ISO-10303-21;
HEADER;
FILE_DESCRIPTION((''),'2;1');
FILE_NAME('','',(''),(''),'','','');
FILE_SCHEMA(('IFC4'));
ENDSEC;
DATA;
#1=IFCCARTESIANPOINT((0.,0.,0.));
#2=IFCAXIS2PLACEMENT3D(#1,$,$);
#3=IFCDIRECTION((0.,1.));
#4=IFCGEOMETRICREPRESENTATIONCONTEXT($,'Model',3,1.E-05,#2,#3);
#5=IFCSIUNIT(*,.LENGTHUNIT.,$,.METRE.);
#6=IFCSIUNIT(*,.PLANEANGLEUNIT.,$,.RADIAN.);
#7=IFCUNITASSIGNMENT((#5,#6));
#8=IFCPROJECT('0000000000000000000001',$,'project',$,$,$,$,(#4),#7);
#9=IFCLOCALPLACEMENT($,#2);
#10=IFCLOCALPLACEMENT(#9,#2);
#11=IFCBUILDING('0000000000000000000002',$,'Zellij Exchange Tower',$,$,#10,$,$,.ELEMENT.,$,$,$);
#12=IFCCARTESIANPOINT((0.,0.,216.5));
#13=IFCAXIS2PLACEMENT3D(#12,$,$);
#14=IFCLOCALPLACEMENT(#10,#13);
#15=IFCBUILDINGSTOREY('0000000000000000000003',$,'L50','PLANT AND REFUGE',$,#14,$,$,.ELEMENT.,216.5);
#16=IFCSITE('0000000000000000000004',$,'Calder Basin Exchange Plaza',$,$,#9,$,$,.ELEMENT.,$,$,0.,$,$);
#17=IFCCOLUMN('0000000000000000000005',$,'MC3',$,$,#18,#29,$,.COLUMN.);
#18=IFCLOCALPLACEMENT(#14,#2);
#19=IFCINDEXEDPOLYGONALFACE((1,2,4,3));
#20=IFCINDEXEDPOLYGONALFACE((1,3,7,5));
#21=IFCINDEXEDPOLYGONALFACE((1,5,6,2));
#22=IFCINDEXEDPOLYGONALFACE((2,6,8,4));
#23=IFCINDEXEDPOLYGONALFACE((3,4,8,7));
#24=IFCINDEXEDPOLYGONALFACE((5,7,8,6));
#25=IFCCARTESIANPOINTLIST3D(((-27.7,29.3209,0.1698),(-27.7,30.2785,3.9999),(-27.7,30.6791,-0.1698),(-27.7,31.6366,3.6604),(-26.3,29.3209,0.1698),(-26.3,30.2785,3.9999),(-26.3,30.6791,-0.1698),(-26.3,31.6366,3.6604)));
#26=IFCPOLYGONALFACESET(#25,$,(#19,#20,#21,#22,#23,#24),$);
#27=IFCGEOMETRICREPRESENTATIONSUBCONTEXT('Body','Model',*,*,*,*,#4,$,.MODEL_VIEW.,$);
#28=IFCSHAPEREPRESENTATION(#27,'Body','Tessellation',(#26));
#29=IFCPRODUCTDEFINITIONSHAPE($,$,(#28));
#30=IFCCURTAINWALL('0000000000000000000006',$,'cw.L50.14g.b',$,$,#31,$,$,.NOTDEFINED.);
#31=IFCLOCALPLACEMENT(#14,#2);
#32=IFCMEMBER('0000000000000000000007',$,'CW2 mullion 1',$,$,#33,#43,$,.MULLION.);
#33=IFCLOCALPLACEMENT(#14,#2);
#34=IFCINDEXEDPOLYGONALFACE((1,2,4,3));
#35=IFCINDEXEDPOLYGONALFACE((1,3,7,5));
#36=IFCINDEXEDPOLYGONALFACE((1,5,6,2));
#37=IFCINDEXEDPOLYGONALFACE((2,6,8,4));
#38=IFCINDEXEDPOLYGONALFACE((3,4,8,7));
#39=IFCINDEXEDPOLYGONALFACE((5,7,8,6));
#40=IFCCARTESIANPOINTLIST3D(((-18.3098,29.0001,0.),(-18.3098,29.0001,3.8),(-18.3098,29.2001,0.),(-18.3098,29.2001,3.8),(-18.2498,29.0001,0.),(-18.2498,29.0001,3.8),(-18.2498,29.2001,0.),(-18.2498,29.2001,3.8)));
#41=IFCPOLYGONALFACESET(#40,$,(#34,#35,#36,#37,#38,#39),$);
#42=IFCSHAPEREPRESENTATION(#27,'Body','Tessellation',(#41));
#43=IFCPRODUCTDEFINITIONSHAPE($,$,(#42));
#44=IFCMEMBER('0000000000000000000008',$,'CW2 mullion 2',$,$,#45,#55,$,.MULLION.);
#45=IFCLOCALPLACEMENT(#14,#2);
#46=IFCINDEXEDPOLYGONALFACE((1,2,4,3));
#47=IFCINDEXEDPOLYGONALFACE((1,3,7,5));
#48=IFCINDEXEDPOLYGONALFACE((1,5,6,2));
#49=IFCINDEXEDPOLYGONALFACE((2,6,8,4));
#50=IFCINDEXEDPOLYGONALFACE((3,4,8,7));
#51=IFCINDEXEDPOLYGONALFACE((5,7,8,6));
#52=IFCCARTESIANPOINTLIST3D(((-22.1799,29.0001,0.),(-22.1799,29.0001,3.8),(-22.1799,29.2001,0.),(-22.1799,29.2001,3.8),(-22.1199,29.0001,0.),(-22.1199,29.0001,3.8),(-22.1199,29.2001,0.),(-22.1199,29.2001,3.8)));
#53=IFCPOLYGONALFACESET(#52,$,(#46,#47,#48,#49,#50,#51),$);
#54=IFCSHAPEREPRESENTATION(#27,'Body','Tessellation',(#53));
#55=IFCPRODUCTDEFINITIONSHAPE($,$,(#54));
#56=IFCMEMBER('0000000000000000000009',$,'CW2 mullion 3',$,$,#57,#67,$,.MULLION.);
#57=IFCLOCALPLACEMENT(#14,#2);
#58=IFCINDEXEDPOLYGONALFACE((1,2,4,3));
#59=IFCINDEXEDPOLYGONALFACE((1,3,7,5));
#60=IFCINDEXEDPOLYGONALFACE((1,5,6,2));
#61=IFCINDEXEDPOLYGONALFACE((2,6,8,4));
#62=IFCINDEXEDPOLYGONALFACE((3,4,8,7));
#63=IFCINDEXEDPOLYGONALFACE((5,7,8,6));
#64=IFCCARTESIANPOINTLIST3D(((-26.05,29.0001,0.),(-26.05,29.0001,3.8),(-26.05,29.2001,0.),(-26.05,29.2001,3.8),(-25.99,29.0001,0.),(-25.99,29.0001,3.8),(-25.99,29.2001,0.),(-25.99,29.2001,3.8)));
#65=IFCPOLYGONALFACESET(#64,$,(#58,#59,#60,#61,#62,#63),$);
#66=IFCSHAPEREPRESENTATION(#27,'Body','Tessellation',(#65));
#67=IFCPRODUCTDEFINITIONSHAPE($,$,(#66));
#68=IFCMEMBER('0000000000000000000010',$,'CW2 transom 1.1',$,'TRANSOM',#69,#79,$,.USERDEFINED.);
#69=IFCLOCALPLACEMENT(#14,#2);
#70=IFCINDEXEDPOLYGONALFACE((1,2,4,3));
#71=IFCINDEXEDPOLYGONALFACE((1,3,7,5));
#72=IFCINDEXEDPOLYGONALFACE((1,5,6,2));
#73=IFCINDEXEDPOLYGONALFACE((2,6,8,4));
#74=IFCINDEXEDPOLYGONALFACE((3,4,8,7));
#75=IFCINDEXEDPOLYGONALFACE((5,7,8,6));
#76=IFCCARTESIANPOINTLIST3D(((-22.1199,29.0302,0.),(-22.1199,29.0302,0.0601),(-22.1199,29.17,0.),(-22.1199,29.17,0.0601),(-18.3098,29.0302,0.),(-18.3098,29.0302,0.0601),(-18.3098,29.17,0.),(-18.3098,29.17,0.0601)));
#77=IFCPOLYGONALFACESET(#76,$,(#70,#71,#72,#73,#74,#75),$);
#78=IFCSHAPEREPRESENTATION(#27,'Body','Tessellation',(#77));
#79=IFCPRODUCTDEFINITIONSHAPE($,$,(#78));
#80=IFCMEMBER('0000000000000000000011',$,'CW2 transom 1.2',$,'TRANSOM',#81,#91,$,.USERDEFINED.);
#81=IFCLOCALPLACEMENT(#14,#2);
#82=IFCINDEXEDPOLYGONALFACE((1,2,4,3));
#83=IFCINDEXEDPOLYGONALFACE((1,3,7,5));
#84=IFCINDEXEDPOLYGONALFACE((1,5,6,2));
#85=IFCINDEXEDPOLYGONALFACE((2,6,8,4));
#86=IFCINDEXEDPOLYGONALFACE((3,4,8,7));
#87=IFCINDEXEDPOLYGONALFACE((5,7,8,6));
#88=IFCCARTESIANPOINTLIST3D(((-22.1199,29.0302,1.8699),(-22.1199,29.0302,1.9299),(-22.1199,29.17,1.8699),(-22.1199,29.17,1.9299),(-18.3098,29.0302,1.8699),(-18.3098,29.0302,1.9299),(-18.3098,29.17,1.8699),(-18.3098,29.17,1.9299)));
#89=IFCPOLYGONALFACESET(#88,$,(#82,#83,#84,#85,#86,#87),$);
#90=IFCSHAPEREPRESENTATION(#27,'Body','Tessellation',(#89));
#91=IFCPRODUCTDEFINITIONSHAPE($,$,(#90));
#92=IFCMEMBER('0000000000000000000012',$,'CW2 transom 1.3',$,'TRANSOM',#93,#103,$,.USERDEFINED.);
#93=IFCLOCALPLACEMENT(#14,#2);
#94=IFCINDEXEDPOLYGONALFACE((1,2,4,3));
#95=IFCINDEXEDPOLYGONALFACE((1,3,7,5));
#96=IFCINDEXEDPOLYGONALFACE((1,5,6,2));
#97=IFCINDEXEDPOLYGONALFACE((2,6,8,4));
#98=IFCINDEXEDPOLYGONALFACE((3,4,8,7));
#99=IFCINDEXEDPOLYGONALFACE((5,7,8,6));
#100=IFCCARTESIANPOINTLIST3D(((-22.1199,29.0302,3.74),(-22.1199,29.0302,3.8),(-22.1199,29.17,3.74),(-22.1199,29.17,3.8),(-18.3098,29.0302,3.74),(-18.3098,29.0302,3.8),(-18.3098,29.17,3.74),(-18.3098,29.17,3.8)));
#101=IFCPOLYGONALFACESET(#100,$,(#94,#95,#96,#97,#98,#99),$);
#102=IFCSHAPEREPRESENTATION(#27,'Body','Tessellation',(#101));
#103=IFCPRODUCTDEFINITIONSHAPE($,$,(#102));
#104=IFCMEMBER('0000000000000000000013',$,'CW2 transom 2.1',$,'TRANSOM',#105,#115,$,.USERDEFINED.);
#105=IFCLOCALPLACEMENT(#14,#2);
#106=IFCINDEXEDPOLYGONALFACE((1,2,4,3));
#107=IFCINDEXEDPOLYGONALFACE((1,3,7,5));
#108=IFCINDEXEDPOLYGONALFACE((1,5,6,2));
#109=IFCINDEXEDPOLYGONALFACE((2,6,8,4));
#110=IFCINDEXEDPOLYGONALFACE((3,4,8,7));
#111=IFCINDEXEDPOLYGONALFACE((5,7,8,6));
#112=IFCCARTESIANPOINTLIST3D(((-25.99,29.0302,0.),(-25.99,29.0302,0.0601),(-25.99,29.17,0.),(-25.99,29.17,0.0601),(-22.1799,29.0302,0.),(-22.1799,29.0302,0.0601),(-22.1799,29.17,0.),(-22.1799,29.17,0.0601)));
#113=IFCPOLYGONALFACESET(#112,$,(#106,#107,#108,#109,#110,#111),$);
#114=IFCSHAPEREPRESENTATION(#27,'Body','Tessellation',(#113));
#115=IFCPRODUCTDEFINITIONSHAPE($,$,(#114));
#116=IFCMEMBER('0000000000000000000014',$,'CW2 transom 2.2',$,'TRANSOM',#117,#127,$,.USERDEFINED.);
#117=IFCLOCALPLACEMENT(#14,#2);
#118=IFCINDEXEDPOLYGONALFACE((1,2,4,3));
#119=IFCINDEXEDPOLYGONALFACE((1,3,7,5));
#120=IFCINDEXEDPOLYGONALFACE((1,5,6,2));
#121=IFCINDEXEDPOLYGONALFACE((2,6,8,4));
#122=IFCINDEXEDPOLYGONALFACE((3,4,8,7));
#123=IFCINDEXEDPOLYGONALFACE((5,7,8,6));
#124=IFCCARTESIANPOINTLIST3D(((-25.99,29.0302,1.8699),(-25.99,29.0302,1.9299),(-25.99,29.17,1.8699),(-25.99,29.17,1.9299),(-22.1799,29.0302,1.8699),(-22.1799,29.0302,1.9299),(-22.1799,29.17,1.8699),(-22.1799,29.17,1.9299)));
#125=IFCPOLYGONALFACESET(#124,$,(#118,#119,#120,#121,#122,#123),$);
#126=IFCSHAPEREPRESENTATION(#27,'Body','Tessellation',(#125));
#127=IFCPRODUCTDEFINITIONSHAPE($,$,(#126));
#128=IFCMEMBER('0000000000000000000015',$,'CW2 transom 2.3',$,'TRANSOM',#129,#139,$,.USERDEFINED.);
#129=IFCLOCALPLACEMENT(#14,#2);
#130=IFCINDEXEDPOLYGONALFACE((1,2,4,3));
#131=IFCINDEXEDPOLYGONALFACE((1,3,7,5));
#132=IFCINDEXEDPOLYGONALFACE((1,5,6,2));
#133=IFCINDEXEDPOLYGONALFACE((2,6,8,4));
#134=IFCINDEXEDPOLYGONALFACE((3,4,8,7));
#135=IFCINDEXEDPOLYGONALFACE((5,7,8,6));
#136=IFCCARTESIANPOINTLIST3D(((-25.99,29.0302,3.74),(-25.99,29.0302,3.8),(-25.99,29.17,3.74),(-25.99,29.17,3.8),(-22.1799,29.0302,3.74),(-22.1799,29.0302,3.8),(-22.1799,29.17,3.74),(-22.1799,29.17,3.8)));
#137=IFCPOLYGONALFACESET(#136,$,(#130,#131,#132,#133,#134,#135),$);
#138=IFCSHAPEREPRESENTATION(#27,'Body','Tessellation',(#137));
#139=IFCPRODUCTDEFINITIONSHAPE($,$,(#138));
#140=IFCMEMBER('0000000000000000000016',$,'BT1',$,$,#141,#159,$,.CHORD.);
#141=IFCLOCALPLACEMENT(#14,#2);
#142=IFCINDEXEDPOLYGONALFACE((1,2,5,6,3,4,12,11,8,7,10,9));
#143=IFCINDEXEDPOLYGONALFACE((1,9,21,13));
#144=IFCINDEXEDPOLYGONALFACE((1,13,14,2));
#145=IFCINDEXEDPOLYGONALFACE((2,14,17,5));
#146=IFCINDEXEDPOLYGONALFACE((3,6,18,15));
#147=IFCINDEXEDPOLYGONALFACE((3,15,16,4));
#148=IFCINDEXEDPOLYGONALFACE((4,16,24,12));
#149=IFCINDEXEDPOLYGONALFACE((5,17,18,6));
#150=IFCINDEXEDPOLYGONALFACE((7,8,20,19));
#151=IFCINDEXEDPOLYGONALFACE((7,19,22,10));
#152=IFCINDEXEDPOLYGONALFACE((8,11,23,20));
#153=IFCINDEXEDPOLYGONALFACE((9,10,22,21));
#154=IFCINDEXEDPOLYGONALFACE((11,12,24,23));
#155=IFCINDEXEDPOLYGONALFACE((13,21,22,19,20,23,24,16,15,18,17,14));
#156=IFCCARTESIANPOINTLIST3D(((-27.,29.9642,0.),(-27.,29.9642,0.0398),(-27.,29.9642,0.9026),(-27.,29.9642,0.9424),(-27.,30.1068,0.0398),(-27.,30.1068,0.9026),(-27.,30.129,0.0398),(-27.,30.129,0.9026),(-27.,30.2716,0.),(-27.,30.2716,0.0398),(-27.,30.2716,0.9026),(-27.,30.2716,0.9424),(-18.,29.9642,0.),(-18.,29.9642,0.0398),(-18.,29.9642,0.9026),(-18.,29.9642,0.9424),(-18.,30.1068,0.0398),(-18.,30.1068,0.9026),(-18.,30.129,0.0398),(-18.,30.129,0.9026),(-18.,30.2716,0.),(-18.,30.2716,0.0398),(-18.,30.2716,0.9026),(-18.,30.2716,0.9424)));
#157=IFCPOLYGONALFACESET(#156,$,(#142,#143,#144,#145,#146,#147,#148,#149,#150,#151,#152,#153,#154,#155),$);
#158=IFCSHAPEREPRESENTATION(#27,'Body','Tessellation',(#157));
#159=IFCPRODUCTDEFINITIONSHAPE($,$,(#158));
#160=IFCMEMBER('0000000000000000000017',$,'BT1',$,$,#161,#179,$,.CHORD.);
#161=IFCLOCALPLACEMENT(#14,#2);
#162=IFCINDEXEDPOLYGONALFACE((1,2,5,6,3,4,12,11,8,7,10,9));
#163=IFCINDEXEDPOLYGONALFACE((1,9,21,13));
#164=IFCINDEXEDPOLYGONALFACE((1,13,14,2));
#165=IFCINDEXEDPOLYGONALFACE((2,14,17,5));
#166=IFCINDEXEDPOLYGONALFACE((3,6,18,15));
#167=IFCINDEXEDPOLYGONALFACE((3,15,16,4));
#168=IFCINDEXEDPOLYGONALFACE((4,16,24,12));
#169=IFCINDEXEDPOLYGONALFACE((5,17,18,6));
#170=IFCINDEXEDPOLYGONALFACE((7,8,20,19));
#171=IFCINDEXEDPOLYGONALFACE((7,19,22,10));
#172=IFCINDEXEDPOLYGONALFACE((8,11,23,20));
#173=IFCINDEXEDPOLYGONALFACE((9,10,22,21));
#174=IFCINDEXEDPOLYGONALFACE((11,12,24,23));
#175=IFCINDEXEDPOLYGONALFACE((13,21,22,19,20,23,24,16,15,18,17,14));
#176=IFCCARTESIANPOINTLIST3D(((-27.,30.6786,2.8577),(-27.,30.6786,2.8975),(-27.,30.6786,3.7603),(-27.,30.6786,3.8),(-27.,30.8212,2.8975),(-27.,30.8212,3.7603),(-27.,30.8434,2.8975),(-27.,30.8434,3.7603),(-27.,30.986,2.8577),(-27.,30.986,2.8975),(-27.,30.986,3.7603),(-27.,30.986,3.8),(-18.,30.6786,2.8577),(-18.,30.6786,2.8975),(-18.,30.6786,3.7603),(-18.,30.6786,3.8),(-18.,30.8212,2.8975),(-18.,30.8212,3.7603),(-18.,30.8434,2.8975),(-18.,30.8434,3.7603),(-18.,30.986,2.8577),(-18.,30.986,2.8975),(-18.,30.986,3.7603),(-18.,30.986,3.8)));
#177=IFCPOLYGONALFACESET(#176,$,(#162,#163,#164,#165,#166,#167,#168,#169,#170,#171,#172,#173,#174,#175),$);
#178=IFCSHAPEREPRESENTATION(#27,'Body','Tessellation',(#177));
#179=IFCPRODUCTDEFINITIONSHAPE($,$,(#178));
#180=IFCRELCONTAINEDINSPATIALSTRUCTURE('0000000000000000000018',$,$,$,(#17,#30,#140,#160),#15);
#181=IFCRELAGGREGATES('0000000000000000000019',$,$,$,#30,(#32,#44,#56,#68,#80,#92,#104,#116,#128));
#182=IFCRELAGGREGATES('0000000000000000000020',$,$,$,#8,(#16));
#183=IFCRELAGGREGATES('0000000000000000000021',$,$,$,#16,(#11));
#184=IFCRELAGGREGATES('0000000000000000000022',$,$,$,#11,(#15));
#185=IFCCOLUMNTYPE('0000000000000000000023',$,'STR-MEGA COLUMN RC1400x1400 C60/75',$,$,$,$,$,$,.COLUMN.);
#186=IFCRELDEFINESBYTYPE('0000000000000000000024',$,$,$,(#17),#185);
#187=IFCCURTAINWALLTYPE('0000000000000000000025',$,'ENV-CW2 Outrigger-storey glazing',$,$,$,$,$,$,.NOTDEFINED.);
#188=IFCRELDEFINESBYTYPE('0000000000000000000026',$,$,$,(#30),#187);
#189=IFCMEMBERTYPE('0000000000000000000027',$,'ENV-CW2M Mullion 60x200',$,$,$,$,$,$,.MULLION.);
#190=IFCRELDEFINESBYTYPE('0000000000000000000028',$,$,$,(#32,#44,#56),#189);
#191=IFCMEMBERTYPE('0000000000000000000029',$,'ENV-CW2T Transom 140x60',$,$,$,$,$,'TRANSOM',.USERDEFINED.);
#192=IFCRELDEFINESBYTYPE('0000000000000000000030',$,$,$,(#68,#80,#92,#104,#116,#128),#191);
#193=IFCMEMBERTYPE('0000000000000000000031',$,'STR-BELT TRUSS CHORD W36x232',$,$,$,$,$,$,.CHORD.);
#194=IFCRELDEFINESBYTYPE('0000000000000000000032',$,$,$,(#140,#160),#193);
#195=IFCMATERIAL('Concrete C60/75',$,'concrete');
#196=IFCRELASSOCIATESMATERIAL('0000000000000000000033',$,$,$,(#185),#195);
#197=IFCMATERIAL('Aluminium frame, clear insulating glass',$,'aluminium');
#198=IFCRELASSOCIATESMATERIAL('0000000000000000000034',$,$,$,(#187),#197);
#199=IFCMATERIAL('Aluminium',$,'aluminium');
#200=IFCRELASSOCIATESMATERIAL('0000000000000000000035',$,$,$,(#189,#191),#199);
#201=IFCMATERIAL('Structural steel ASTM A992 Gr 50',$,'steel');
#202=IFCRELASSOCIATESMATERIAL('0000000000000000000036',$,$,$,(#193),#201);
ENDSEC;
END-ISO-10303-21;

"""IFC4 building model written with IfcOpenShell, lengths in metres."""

from ifc_helpers import new_model, si_unit, direction, frame, origin, origin_2d, place, context, subcontext, project, spatial, rectangle, i_section, extrude, clip, halfspace, material, material_profile, profile_set, type_object, element, aggregate, save


model = new_model("IFC4")

# Units and contexts
model_context = context("Model", 3, precision=1e-05, world=origin(), true_north=direction((0.0, 1.0)))
body_context = subcontext(model_context, "Body", "Model", "MODEL_VIEW")
ifc_project = project(units=[si_unit("LENGTHUNIT", "METRE"), si_unit("PLANEANGLEUNIT", "RADIAN")], contexts=[model_context])

# Site, building, storey
site_placement = place(None, origin())
site = spatial("IfcSite", under=ifc_project, at=site_placement, Name="Calder Basin Exchange Plaza", CompositionType="ELEMENT", RefElevation=0.0)
building_placement = place(site_placement, origin())
building = spatial("IfcBuilding", under=site, at=building_placement, Name="Zellij Exchange Tower", CompositionType="ELEMENT")
storey_placement = place(building_placement, frame((0.0, 0.0, 216.5)))
storey = spatial("IfcBuildingStorey", under=building, at=storey_placement, Name="L50", Description="PLANT AND REFUGE", CompositionType="ELEMENT", Elevation=216.5)

# Column
ifc_material_1 = material(Name="Concrete C60/75", Category="concrete")
ifc_material_profile_1 = material_profile(ifc_material_1, rectangle(XDim=1.3999, YDim=1.3999, at=origin_2d()), Name="STR-MEGA COLUMN RC1400x1400 C60/75")
ifc_profile_set_1 = profile_set([ifc_material_profile_1], Name="Concrete C60/75")
column_type = type_object("IfcColumnType", Name="STR-MEGA COLUMN RC1400x1400 C60/75", PredefinedType="COLUMN", material=ifc_profile_set_1)
column_placement = place(storey_placement, frame((-27.0, 30.0, 0.0), z_axis=(0.0, 0.242536, 0.970143), x_axis=(-1.0, 0.0, 0.0)))
element("IfcColumn", 1, at=column_placement, inside=storey, type_object=column_type, Name="MC3", PredefinedType="COLUMN", context=body_context, shape_type="Clipping", body=[
    clip(extrude(rectangle(XDim=1.3999, YDim=1.3999, at=origin_2d()), origin(), (0.0, 0.0, 1.0), 4.123), halfspace(frame((0.0, 0.0, 3.948)), False)),
])

# Curtain wall, members
ifc_material_2 = material(Name="Aluminium frame, clear insulating glass", Category="aluminium")
curtain_wall_type = type_object("IfcCurtainWallType", Name="ENV-CW2 Outrigger-storey glazing", PredefinedType="NOTDEFINED", material=ifc_material_2)
curtain_wall_placement = place(storey_placement, origin())
curtain_wall = element("IfcCurtainWall", 2, at=curtain_wall_placement, inside=storey, type_object=curtain_wall_type, Name="cw.L50.14g.b", PredefinedType="NOTDEFINED")
ifc_material_3 = material(Name="Aluminium", Category="aluminium")
ifc_material_profile_2 = material_profile(ifc_material_3, rectangle(XDim=0.0601, YDim=0.2, at=origin_2d()), Name="AL 60x200")
ifc_profile_set_2 = profile_set([ifc_material_profile_2], Name="Aluminium")
member_type_1 = type_object("IfcMemberType", Name="ENV-CW2M Mullion 60x200", PredefinedType="MULLION", material=ifc_profile_set_2)
member_1_placement = place(storey_placement, frame((-18.2798, 29.1001, 0.0), z_axis=(0.0, 0.0, 1.0), x_axis=(-1.0, 0.0, 0.0)))
member_1 = element("IfcMember", 3, at=member_1_placement, type_object=member_type_1, Name="CW2 mullion 1", PredefinedType="MULLION", context=body_context, shape_type="SweptSolid", body=[
    extrude(rectangle(XDim=0.0601, YDim=0.2, at=origin_2d()), origin(), (0.0, 0.0, 1.0), 3.8),
])
member_2_placement = place(storey_placement, frame((-22.1499, 29.1001, 0.0), z_axis=(0.0, 0.0, 1.0), x_axis=(-1.0, 0.0, 0.0)))
member_2 = element("IfcMember", 4, at=member_2_placement, type_object=member_type_1, Name="CW2 mullion 2", PredefinedType="MULLION", context=body_context, shape_type="SweptSolid", body=[
    extrude(rectangle(XDim=0.0601, YDim=0.2, at=origin_2d()), origin(), (0.0, 0.0, 1.0), 3.8),
])
member_3_placement = place(storey_placement, frame((-26.02, 29.1001, 0.0), z_axis=(0.0, 0.0, 1.0), x_axis=(-1.0, 0.0, 0.0)))
member_3 = element("IfcMember", 5, at=member_3_placement, type_object=member_type_1, Name="CW2 mullion 3", PredefinedType="MULLION", context=body_context, shape_type="SweptSolid", body=[
    extrude(rectangle(XDim=0.0601, YDim=0.2, at=origin_2d()), origin(), (0.0, 0.0, 1.0), 3.8),
])
ifc_material_profile_3 = material_profile(ifc_material_3, rectangle(XDim=0.1399, YDim=0.0601, at=origin_2d()), Name="AL 140x60")
ifc_profile_set_3 = profile_set([ifc_material_profile_3], Name="Aluminium")
member_type_2 = type_object("IfcMemberType", Name="ENV-CW2T Transom 140x60", ElementType="TRANSOM", PredefinedType="USERDEFINED", material=ifc_profile_set_3)
member_4_placement = place(storey_placement, frame((-18.3098, 29.1001, 0.03), z_axis=(-1.0, 0.0, 0.0), x_axis=(0.0, -1.0, 0.0)))
member_4 = element("IfcMember", 6, at=member_4_placement, type_object=member_type_2, Name="CW2 transom 1.1", ObjectType="TRANSOM", PredefinedType="USERDEFINED", context=body_context, shape_type="SweptSolid", body=[
    extrude(rectangle(XDim=0.1399, YDim=0.0601, at=origin_2d()), origin(), (0.0, 0.0, 1.0), 3.8101),
])
member_5_placement = place(storey_placement, frame((-18.3098, 29.1001, 1.8999), z_axis=(-1.0, 0.0, 0.0), x_axis=(0.0, -1.0, 0.0)))
member_5 = element("IfcMember", 7, at=member_5_placement, type_object=member_type_2, Name="CW2 transom 1.2", ObjectType="TRANSOM", PredefinedType="USERDEFINED", context=body_context, shape_type="SweptSolid", body=[
    extrude(rectangle(XDim=0.1399, YDim=0.0601, at=origin_2d()), origin(), (0.0, 0.0, 1.0), 3.8101),
])
member_6_placement = place(storey_placement, frame((-18.3098, 29.1001, 3.77), z_axis=(-1.0, 0.0, 0.0), x_axis=(0.0, -1.0, 0.0)))
member_6 = element("IfcMember", 8, at=member_6_placement, type_object=member_type_2, Name="CW2 transom 1.3", ObjectType="TRANSOM", PredefinedType="USERDEFINED", context=body_context, shape_type="SweptSolid", body=[
    extrude(rectangle(XDim=0.1399, YDim=0.0601, at=origin_2d()), origin(), (0.0, 0.0, 1.0), 3.8101),
])
member_7_placement = place(storey_placement, frame((-22.1799, 29.1001, 0.03), z_axis=(-1.0, 0.0, 0.0), x_axis=(0.0, -1.0, 0.0)))
member_7 = element("IfcMember", 9, at=member_7_placement, type_object=member_type_2, Name="CW2 transom 2.1", ObjectType="TRANSOM", PredefinedType="USERDEFINED", context=body_context, shape_type="SweptSolid", body=[
    extrude(rectangle(XDim=0.1399, YDim=0.0601, at=origin_2d()), origin(), (0.0, 0.0, 1.0), 3.8101),
])
member_8_placement = place(storey_placement, frame((-22.1799, 29.1001, 1.8999), z_axis=(-1.0, 0.0, 0.0), x_axis=(0.0, -1.0, 0.0)))
member_8 = element("IfcMember", 10, at=member_8_placement, type_object=member_type_2, Name="CW2 transom 2.2", ObjectType="TRANSOM", PredefinedType="USERDEFINED", context=body_context, shape_type="SweptSolid", body=[
    extrude(rectangle(XDim=0.1399, YDim=0.0601, at=origin_2d()), origin(), (0.0, 0.0, 1.0), 3.8101),
])
member_9_placement = place(storey_placement, frame((-22.1799, 29.1001, 3.77), z_axis=(-1.0, 0.0, 0.0), x_axis=(0.0, -1.0, 0.0)))
member_9 = element("IfcMember", 11, at=member_9_placement, type_object=member_type_2, Name="CW2 transom 2.3", ObjectType="TRANSOM", PredefinedType="USERDEFINED", context=body_context, shape_type="SweptSolid", body=[
    extrude(rectangle(XDim=0.1399, YDim=0.0601, at=origin_2d()), origin(), (0.0, 0.0, 1.0), 3.8101),
])

# Members
ifc_material_4 = material(Name="Structural steel ASTM A992 Gr 50", Category="steel")
ifc_material_profile_4 = material_profile(ifc_material_4, i_section(OverallWidth=0.3074, OverallDepth=0.9424, WebThickness=0.0222, FlangeThickness=0.0398, at=origin_2d()), Name="W36x232")
ifc_profile_set_4 = profile_set([ifc_material_profile_4], Name="Structural steel ASTM A992 Gr 50")
member_type_3 = type_object("IfcMemberType", Name="STR-BELT TRUSS CHORD W36x232", PredefinedType="CHORD", material=ifc_profile_set_4)
for number, where, z_axis, x_axis, name in (
    (12, (-27.0, 30.1179, 0.4712), (1.0, 0.0, 0.0), (0.0, 1.0, 0.0), "BT1"),
    (13, (-27.0, 30.8323, 3.3289), (1.0, 0.0, 0.0), (0.0, 1.0, 0.0), "BT1"),
):
    element("IfcMember", number, at=place(storey_placement, frame(where, z_axis=z_axis, x_axis=x_axis)), inside=storey, type_object=member_type_3, Name=name, PredefinedType="CHORD", context=body_context, shape_type="SweptSolid", body=[
        extrude(i_section(OverallWidth=0.3074, OverallDepth=0.9424, WebThickness=0.0222, FlangeThickness=0.0398, at=origin_2d()), origin(), (0.0, 0.0, 1.0), 9.0),
    ])

aggregate(curtain_wall, [member_1, member_2, member_3, member_4, member_5, member_6, member_7, member_8, member_9])

save(model, "model.ifc")
